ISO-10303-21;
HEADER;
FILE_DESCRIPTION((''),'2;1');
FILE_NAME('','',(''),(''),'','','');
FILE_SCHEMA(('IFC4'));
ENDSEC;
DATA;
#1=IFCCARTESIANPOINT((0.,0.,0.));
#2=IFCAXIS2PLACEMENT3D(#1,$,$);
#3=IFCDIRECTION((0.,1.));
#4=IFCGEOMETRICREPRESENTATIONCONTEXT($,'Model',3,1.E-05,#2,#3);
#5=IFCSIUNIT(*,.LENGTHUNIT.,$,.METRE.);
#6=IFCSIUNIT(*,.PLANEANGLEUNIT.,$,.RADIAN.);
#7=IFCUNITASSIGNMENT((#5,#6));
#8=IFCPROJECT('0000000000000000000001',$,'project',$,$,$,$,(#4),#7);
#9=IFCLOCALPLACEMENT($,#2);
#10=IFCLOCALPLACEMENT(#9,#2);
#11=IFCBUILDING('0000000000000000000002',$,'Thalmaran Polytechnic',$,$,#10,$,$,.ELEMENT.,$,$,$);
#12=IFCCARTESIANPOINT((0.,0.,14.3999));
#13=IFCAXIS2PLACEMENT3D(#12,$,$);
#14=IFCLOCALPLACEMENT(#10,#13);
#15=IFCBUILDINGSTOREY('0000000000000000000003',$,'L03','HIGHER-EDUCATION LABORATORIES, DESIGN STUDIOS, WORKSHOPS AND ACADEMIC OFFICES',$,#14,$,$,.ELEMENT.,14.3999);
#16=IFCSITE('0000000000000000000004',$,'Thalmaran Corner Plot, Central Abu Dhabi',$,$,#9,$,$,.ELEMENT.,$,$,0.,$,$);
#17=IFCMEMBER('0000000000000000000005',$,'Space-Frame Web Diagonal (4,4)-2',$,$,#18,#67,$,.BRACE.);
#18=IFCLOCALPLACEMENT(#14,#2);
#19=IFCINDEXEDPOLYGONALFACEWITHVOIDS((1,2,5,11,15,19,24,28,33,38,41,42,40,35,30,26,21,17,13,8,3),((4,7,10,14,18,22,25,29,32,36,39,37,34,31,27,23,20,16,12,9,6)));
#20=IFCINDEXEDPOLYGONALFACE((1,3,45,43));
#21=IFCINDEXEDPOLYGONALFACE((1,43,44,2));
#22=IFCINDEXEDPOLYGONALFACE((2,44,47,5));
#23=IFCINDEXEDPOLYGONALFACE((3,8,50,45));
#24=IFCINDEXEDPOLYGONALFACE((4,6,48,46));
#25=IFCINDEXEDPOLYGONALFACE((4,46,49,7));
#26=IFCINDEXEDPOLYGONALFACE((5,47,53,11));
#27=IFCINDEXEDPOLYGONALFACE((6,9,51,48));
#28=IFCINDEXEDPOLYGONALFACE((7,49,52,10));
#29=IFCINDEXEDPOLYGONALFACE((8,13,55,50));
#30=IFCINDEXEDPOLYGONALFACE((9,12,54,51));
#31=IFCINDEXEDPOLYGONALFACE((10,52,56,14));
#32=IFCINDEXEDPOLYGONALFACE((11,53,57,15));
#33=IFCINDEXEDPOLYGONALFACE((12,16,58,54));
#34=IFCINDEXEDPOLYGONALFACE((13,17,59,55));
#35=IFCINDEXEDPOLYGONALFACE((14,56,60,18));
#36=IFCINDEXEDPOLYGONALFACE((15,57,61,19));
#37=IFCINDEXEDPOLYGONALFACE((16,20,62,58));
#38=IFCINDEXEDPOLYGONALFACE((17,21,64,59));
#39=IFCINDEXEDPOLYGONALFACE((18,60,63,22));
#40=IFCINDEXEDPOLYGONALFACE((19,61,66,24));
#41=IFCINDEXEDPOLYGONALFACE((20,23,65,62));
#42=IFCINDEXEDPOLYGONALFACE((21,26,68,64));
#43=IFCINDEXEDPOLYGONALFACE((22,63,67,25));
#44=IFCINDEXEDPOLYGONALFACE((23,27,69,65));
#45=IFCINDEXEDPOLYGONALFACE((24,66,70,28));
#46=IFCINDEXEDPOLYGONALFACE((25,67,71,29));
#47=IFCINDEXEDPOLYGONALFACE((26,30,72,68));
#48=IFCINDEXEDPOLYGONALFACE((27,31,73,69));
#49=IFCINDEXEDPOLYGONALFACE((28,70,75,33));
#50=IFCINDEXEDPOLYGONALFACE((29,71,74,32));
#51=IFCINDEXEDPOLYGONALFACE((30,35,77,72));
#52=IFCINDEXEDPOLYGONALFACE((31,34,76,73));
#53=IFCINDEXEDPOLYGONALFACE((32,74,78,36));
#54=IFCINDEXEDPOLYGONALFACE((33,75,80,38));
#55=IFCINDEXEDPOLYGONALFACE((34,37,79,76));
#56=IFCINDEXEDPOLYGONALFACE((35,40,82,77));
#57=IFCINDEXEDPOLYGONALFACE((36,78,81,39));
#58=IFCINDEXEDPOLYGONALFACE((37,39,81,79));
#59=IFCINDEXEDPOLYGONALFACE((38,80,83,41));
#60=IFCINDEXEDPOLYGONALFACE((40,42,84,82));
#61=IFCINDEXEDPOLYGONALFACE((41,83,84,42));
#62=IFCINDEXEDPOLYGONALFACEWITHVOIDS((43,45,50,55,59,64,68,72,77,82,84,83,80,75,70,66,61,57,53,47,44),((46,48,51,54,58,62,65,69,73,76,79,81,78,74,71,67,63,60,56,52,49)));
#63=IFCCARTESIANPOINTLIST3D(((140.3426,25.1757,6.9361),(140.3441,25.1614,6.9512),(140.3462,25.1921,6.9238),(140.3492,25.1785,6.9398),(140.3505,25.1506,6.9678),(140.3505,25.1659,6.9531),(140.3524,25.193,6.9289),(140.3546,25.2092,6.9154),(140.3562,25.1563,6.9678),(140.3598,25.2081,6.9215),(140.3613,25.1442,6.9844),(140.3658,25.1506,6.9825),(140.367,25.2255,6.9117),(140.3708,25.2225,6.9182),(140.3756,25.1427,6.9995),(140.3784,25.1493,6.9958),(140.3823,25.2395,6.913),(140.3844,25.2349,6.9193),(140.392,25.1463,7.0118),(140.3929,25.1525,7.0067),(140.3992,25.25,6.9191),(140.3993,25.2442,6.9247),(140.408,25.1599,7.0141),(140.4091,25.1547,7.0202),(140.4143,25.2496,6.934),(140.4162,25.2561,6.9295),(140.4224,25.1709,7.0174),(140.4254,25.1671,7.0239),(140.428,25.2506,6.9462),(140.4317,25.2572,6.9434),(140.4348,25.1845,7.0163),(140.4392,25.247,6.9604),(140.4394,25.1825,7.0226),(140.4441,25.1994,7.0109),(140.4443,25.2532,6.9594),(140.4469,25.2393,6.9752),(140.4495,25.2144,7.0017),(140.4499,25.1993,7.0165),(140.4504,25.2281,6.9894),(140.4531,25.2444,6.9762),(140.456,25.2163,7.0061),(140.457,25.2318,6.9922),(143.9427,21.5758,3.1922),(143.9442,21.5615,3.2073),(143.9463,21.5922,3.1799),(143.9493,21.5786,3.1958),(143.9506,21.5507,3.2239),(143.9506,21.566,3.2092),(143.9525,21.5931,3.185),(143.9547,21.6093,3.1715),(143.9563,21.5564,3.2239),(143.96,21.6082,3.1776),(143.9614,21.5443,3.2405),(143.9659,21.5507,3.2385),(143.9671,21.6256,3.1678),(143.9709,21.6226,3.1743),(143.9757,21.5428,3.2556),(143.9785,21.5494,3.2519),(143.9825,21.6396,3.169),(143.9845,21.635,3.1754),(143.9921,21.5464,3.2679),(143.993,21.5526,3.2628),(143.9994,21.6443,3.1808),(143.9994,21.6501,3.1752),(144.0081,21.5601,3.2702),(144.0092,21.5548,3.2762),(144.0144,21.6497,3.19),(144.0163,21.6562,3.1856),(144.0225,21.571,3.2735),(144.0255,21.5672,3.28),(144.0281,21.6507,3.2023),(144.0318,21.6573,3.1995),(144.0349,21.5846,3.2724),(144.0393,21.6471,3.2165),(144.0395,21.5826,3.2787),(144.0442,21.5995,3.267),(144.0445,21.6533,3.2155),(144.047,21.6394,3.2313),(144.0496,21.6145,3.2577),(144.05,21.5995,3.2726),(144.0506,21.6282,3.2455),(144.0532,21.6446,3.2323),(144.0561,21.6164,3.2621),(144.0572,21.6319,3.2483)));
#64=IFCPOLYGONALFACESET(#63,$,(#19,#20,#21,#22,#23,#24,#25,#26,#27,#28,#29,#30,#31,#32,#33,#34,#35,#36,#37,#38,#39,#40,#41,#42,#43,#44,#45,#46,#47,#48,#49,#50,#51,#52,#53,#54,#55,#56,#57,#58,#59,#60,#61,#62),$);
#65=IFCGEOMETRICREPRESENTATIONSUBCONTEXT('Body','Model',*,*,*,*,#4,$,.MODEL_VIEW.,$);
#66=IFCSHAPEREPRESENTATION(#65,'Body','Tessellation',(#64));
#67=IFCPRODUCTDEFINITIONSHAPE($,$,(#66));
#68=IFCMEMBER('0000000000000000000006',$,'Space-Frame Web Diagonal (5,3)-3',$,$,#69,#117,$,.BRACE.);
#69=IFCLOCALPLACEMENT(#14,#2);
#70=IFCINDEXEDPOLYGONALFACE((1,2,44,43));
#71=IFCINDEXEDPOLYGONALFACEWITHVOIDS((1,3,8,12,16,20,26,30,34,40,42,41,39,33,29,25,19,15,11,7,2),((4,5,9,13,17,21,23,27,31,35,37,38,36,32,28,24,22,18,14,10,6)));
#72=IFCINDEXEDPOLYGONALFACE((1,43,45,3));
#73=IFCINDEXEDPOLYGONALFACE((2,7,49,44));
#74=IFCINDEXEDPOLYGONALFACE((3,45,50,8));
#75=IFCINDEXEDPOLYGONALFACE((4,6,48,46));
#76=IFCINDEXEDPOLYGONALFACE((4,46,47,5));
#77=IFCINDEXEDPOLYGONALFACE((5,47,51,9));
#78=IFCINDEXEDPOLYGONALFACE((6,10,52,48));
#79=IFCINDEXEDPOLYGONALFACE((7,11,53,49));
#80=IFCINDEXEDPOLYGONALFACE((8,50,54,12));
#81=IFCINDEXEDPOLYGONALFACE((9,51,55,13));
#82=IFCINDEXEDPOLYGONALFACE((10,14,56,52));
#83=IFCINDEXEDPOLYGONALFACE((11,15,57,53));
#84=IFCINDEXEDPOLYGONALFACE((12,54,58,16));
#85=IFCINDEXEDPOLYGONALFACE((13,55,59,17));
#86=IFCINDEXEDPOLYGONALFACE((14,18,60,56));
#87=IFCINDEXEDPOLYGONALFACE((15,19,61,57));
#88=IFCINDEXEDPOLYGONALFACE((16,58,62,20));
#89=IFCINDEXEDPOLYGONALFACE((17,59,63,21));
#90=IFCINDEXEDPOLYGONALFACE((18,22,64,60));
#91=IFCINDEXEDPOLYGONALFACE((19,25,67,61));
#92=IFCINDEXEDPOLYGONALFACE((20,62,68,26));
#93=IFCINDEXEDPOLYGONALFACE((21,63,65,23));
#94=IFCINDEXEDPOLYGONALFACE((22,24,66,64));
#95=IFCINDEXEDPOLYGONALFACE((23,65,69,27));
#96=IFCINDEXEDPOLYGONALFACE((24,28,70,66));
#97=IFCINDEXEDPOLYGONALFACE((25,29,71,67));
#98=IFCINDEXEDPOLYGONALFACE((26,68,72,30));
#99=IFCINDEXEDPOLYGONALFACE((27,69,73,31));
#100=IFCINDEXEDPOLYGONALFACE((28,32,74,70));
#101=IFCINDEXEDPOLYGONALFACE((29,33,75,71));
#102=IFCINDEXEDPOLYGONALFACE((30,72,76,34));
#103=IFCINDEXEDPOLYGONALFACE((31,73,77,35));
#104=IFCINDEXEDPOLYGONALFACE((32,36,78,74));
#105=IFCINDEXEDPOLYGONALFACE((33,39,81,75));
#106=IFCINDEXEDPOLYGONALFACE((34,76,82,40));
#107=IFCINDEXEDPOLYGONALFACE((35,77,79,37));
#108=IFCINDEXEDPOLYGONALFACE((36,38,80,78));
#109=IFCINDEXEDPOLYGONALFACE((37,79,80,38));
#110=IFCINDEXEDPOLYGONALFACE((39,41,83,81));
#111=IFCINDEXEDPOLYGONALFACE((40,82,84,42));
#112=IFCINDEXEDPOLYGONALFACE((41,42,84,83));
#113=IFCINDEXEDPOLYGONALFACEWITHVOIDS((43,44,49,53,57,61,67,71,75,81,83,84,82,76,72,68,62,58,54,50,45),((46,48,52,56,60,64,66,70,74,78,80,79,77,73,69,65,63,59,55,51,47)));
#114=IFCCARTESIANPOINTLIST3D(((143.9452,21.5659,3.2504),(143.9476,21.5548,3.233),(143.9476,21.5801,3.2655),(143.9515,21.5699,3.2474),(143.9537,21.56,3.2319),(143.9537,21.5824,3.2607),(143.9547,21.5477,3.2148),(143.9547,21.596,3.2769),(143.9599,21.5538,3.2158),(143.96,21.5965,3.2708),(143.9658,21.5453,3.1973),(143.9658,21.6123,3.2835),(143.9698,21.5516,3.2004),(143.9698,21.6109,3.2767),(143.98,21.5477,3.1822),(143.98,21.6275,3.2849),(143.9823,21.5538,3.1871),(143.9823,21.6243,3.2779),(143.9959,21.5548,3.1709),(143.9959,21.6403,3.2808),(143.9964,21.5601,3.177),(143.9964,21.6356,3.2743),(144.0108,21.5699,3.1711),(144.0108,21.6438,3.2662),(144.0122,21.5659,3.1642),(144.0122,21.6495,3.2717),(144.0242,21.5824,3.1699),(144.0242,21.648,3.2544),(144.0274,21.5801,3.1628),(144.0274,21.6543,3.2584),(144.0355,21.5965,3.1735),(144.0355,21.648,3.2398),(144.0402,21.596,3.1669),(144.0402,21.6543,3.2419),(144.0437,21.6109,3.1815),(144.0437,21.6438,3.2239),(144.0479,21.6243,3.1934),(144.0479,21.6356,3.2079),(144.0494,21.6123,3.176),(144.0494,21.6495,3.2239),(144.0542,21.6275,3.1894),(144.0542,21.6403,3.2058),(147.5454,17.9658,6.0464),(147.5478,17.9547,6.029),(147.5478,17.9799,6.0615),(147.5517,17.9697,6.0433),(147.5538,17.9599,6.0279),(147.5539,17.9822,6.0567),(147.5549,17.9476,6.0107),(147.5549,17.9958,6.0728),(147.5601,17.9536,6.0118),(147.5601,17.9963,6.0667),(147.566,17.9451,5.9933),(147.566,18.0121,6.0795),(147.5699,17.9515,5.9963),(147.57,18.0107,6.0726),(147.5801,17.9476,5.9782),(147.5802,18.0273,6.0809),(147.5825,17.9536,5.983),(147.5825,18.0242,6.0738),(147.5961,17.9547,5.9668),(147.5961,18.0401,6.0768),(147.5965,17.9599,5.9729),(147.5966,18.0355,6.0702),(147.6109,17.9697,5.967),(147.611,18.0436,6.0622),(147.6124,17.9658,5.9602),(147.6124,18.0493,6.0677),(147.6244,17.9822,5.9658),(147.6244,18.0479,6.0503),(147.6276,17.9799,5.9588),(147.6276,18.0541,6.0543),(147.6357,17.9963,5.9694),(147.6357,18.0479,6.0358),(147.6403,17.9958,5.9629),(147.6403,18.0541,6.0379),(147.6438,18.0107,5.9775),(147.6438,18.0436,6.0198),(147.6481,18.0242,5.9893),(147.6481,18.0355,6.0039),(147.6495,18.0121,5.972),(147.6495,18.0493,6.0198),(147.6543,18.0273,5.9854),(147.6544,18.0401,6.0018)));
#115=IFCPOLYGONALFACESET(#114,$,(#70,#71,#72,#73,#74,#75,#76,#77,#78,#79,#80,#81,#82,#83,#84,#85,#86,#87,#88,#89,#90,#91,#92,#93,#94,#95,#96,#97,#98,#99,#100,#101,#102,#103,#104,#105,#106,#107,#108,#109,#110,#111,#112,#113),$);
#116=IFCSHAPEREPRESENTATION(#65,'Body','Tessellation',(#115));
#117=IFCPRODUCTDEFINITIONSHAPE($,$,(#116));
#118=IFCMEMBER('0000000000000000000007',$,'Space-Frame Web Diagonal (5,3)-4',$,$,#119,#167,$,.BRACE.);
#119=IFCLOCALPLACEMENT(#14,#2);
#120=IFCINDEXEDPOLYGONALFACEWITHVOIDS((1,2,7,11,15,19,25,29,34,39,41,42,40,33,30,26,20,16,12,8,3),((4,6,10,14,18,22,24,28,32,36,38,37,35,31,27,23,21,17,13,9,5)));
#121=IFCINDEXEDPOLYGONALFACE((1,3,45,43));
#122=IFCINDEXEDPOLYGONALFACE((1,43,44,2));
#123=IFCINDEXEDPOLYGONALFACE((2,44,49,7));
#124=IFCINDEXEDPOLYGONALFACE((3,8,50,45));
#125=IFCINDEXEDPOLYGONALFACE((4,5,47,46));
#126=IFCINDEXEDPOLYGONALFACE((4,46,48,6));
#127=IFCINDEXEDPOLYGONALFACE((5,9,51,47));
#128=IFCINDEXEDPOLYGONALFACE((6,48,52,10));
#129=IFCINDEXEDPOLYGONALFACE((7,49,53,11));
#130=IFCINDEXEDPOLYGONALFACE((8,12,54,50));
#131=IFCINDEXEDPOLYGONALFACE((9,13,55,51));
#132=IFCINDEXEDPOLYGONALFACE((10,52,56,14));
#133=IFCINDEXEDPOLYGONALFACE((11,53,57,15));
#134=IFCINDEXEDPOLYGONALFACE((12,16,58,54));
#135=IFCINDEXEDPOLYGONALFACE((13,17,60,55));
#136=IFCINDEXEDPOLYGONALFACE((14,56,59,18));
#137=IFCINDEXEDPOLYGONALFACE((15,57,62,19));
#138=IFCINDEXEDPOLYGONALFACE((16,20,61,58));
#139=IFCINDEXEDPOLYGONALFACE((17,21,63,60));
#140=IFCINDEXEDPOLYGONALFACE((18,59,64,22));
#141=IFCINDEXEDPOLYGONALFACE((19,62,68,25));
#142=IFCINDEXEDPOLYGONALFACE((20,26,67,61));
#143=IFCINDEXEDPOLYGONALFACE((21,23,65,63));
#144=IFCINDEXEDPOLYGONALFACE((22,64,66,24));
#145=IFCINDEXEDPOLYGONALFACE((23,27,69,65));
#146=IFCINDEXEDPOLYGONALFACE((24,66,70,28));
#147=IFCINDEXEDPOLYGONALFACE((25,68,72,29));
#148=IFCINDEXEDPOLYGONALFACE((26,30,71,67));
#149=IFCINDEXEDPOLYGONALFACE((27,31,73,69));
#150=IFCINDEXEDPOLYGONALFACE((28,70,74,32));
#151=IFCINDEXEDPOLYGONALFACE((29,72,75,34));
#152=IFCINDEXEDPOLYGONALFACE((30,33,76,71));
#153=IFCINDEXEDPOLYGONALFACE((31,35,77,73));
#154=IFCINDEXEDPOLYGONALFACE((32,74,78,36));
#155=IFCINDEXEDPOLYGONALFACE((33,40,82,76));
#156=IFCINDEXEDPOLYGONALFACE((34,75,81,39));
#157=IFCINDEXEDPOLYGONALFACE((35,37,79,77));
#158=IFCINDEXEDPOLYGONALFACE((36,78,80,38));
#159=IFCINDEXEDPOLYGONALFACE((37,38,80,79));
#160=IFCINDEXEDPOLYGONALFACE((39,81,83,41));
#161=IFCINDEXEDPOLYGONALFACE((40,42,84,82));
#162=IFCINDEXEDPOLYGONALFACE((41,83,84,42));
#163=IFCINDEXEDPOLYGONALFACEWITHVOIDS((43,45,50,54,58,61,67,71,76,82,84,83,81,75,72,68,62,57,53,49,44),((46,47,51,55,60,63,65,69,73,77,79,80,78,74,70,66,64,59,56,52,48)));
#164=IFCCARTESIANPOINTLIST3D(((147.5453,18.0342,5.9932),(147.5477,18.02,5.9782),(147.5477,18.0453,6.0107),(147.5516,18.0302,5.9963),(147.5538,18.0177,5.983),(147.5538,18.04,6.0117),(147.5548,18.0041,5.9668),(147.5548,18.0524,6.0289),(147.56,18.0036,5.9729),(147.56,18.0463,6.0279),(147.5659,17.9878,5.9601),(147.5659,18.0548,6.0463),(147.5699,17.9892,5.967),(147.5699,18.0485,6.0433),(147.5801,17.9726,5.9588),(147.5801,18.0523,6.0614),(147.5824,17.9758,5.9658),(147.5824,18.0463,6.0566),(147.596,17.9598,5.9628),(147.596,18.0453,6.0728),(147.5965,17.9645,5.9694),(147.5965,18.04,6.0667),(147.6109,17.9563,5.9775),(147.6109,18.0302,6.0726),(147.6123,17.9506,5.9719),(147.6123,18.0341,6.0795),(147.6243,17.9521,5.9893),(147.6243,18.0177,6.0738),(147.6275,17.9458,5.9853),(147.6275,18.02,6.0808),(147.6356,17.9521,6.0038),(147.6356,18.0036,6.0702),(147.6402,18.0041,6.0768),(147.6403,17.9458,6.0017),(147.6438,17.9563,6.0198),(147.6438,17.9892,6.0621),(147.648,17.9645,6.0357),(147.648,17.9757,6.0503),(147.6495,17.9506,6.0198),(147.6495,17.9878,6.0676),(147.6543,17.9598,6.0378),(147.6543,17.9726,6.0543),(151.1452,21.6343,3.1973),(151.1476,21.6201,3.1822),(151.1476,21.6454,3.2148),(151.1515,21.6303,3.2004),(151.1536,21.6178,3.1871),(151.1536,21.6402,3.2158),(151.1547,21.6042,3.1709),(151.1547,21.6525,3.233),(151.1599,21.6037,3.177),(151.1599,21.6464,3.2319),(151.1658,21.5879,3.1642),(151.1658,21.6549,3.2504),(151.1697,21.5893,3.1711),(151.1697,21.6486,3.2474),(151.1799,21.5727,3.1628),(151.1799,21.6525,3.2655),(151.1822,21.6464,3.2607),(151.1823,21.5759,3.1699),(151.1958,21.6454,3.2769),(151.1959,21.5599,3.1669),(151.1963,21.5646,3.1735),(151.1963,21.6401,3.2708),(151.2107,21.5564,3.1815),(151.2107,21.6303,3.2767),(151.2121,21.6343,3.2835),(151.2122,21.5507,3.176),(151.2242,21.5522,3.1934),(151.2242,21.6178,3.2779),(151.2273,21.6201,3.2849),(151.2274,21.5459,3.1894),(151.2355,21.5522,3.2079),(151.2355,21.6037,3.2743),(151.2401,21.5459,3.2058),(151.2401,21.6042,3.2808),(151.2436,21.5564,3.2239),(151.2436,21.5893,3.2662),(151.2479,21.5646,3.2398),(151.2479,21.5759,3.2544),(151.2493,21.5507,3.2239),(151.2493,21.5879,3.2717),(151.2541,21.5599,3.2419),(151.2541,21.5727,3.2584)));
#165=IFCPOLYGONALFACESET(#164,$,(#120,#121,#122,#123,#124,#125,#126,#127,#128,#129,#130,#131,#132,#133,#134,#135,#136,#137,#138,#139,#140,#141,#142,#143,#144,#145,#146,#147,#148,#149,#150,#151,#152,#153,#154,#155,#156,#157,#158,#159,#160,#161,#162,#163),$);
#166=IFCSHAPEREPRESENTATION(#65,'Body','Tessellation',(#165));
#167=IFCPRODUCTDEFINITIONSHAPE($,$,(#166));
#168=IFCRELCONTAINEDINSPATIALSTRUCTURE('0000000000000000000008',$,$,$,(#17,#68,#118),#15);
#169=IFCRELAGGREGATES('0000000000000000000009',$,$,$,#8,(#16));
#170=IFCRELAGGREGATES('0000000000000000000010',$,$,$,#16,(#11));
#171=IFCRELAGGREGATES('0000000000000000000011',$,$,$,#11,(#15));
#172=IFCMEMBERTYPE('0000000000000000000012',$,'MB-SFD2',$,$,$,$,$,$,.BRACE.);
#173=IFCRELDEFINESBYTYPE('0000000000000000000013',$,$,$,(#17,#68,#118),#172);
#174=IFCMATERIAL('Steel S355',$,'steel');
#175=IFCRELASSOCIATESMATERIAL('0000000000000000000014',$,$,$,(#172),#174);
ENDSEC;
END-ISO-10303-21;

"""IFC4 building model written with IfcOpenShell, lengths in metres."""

from ifc_helpers import new_model, si_unit, direction, frame, origin, origin_2d, place, context, subcontext, project, spatial, hollow_circle, extrude, material, material_profile, profile_set, type_object, element, save


model = new_model("IFC4")

# Units and contexts
model_context = context("Model", 3, precision=1e-05, world=origin(), true_north=direction((0.0, 1.0)))
body_context = subcontext(model_context, "Body", "Model", "MODEL_VIEW")
ifc_project = project(units=[si_unit("LENGTHUNIT", "METRE"), si_unit("PLANEANGLEUNIT", "RADIAN")], contexts=[model_context])

# Site, building, storey
site_placement = place(None, origin())
site = spatial("IfcSite", under=ifc_project, at=site_placement, Name="Thalmaran Corner Plot, Central Abu Dhabi", CompositionType="ELEMENT", RefElevation=0.0)
building_placement = place(site_placement, origin())
building = spatial("IfcBuilding", under=site, at=building_placement, Name="Thalmaran Polytechnic", CompositionType="ELEMENT")
storey_placement = place(building_placement, frame((0.0, 0.0, 14.3999)))
storey = spatial("IfcBuildingStorey", under=building, at=storey_placement, Name="L03", Description="HIGHER-EDUCATION LABORATORIES, DESIGN STUDIOS, WORKSHOPS AND ACADEMIC OFFICES", CompositionType="ELEMENT", Elevation=14.3999)

# Members
ifc_material = material(Name="Steel S355", Category="steel")
ifc_material_profile_1 = material_profile(ifc_material, hollow_circle(Radius=0.0698, WallThickness=0.0081, at=origin_2d()), Name="CHS 139.7x8.0")
ifc_profile_set_1 = profile_set([ifc_material_profile_1], Name="Steel S355")
member_type_1 = type_object("IfcMemberType", Name="MB-SFD2", PredefinedType="BRACE", material=ifc_profile_set_1)
member_1_placement = place(storey_placement, frame((144.0, 21.6001, 3.2239), z_axis=(-0.569678, 0.56964, 0.592433), x_axis=(-0.707083, -0.707131, 0.0)))
element("IfcMember", 1, at=member_1_placement, inside=storey, type_object=member_type_1, Name="Space-Frame Web Diagonal (4,4)-2", PredefinedType="BRACE", context=body_context, shape_type="SweptSolid", body=[
    extrude(hollow_circle(Radius=0.0698, WallThickness=0.0081, at=origin_2d()), origin(), (0.0, 0.0, 1.0), 6.3196),
])
member_2_placement = place(storey_placement, frame((144.0, 21.6001, 3.2239), z_axis=(0.6198, -0.6198, 0.481348), x_axis=(0.707107, 0.707107, 0.0)))
element("IfcMember", 2, at=member_2_placement, inside=storey, type_object=member_type_1, Name="Space-Frame Web Diagonal (5,3)-3", PredefinedType="BRACE", context=body_context, shape_type="SweptSolid", body=[
    extrude(hollow_circle(Radius=0.0698, WallThickness=0.0081, at=origin_2d()), origin(), (0.0, 0.0, 1.0), 5.8086),
])
member_3_placement = place(storey_placement, frame((151.2, 21.6001, 3.2239), z_axis=(-0.619774, -0.619816, 0.48136), x_axis=(0.707131, -0.707083, 0.0)))
element("IfcMember", 3, at=member_3_placement, inside=storey, type_object=member_type_1, Name="Space-Frame Web Diagonal (5,3)-4", PredefinedType="BRACE", context=body_context, shape_type="SweptSolid", body=[
    extrude(hollow_circle(Radius=0.0698, WallThickness=0.0081, at=origin_2d()), origin(), (0.0, 0.0, 1.0), 5.8083),
])

save(model, "model.ifc")
